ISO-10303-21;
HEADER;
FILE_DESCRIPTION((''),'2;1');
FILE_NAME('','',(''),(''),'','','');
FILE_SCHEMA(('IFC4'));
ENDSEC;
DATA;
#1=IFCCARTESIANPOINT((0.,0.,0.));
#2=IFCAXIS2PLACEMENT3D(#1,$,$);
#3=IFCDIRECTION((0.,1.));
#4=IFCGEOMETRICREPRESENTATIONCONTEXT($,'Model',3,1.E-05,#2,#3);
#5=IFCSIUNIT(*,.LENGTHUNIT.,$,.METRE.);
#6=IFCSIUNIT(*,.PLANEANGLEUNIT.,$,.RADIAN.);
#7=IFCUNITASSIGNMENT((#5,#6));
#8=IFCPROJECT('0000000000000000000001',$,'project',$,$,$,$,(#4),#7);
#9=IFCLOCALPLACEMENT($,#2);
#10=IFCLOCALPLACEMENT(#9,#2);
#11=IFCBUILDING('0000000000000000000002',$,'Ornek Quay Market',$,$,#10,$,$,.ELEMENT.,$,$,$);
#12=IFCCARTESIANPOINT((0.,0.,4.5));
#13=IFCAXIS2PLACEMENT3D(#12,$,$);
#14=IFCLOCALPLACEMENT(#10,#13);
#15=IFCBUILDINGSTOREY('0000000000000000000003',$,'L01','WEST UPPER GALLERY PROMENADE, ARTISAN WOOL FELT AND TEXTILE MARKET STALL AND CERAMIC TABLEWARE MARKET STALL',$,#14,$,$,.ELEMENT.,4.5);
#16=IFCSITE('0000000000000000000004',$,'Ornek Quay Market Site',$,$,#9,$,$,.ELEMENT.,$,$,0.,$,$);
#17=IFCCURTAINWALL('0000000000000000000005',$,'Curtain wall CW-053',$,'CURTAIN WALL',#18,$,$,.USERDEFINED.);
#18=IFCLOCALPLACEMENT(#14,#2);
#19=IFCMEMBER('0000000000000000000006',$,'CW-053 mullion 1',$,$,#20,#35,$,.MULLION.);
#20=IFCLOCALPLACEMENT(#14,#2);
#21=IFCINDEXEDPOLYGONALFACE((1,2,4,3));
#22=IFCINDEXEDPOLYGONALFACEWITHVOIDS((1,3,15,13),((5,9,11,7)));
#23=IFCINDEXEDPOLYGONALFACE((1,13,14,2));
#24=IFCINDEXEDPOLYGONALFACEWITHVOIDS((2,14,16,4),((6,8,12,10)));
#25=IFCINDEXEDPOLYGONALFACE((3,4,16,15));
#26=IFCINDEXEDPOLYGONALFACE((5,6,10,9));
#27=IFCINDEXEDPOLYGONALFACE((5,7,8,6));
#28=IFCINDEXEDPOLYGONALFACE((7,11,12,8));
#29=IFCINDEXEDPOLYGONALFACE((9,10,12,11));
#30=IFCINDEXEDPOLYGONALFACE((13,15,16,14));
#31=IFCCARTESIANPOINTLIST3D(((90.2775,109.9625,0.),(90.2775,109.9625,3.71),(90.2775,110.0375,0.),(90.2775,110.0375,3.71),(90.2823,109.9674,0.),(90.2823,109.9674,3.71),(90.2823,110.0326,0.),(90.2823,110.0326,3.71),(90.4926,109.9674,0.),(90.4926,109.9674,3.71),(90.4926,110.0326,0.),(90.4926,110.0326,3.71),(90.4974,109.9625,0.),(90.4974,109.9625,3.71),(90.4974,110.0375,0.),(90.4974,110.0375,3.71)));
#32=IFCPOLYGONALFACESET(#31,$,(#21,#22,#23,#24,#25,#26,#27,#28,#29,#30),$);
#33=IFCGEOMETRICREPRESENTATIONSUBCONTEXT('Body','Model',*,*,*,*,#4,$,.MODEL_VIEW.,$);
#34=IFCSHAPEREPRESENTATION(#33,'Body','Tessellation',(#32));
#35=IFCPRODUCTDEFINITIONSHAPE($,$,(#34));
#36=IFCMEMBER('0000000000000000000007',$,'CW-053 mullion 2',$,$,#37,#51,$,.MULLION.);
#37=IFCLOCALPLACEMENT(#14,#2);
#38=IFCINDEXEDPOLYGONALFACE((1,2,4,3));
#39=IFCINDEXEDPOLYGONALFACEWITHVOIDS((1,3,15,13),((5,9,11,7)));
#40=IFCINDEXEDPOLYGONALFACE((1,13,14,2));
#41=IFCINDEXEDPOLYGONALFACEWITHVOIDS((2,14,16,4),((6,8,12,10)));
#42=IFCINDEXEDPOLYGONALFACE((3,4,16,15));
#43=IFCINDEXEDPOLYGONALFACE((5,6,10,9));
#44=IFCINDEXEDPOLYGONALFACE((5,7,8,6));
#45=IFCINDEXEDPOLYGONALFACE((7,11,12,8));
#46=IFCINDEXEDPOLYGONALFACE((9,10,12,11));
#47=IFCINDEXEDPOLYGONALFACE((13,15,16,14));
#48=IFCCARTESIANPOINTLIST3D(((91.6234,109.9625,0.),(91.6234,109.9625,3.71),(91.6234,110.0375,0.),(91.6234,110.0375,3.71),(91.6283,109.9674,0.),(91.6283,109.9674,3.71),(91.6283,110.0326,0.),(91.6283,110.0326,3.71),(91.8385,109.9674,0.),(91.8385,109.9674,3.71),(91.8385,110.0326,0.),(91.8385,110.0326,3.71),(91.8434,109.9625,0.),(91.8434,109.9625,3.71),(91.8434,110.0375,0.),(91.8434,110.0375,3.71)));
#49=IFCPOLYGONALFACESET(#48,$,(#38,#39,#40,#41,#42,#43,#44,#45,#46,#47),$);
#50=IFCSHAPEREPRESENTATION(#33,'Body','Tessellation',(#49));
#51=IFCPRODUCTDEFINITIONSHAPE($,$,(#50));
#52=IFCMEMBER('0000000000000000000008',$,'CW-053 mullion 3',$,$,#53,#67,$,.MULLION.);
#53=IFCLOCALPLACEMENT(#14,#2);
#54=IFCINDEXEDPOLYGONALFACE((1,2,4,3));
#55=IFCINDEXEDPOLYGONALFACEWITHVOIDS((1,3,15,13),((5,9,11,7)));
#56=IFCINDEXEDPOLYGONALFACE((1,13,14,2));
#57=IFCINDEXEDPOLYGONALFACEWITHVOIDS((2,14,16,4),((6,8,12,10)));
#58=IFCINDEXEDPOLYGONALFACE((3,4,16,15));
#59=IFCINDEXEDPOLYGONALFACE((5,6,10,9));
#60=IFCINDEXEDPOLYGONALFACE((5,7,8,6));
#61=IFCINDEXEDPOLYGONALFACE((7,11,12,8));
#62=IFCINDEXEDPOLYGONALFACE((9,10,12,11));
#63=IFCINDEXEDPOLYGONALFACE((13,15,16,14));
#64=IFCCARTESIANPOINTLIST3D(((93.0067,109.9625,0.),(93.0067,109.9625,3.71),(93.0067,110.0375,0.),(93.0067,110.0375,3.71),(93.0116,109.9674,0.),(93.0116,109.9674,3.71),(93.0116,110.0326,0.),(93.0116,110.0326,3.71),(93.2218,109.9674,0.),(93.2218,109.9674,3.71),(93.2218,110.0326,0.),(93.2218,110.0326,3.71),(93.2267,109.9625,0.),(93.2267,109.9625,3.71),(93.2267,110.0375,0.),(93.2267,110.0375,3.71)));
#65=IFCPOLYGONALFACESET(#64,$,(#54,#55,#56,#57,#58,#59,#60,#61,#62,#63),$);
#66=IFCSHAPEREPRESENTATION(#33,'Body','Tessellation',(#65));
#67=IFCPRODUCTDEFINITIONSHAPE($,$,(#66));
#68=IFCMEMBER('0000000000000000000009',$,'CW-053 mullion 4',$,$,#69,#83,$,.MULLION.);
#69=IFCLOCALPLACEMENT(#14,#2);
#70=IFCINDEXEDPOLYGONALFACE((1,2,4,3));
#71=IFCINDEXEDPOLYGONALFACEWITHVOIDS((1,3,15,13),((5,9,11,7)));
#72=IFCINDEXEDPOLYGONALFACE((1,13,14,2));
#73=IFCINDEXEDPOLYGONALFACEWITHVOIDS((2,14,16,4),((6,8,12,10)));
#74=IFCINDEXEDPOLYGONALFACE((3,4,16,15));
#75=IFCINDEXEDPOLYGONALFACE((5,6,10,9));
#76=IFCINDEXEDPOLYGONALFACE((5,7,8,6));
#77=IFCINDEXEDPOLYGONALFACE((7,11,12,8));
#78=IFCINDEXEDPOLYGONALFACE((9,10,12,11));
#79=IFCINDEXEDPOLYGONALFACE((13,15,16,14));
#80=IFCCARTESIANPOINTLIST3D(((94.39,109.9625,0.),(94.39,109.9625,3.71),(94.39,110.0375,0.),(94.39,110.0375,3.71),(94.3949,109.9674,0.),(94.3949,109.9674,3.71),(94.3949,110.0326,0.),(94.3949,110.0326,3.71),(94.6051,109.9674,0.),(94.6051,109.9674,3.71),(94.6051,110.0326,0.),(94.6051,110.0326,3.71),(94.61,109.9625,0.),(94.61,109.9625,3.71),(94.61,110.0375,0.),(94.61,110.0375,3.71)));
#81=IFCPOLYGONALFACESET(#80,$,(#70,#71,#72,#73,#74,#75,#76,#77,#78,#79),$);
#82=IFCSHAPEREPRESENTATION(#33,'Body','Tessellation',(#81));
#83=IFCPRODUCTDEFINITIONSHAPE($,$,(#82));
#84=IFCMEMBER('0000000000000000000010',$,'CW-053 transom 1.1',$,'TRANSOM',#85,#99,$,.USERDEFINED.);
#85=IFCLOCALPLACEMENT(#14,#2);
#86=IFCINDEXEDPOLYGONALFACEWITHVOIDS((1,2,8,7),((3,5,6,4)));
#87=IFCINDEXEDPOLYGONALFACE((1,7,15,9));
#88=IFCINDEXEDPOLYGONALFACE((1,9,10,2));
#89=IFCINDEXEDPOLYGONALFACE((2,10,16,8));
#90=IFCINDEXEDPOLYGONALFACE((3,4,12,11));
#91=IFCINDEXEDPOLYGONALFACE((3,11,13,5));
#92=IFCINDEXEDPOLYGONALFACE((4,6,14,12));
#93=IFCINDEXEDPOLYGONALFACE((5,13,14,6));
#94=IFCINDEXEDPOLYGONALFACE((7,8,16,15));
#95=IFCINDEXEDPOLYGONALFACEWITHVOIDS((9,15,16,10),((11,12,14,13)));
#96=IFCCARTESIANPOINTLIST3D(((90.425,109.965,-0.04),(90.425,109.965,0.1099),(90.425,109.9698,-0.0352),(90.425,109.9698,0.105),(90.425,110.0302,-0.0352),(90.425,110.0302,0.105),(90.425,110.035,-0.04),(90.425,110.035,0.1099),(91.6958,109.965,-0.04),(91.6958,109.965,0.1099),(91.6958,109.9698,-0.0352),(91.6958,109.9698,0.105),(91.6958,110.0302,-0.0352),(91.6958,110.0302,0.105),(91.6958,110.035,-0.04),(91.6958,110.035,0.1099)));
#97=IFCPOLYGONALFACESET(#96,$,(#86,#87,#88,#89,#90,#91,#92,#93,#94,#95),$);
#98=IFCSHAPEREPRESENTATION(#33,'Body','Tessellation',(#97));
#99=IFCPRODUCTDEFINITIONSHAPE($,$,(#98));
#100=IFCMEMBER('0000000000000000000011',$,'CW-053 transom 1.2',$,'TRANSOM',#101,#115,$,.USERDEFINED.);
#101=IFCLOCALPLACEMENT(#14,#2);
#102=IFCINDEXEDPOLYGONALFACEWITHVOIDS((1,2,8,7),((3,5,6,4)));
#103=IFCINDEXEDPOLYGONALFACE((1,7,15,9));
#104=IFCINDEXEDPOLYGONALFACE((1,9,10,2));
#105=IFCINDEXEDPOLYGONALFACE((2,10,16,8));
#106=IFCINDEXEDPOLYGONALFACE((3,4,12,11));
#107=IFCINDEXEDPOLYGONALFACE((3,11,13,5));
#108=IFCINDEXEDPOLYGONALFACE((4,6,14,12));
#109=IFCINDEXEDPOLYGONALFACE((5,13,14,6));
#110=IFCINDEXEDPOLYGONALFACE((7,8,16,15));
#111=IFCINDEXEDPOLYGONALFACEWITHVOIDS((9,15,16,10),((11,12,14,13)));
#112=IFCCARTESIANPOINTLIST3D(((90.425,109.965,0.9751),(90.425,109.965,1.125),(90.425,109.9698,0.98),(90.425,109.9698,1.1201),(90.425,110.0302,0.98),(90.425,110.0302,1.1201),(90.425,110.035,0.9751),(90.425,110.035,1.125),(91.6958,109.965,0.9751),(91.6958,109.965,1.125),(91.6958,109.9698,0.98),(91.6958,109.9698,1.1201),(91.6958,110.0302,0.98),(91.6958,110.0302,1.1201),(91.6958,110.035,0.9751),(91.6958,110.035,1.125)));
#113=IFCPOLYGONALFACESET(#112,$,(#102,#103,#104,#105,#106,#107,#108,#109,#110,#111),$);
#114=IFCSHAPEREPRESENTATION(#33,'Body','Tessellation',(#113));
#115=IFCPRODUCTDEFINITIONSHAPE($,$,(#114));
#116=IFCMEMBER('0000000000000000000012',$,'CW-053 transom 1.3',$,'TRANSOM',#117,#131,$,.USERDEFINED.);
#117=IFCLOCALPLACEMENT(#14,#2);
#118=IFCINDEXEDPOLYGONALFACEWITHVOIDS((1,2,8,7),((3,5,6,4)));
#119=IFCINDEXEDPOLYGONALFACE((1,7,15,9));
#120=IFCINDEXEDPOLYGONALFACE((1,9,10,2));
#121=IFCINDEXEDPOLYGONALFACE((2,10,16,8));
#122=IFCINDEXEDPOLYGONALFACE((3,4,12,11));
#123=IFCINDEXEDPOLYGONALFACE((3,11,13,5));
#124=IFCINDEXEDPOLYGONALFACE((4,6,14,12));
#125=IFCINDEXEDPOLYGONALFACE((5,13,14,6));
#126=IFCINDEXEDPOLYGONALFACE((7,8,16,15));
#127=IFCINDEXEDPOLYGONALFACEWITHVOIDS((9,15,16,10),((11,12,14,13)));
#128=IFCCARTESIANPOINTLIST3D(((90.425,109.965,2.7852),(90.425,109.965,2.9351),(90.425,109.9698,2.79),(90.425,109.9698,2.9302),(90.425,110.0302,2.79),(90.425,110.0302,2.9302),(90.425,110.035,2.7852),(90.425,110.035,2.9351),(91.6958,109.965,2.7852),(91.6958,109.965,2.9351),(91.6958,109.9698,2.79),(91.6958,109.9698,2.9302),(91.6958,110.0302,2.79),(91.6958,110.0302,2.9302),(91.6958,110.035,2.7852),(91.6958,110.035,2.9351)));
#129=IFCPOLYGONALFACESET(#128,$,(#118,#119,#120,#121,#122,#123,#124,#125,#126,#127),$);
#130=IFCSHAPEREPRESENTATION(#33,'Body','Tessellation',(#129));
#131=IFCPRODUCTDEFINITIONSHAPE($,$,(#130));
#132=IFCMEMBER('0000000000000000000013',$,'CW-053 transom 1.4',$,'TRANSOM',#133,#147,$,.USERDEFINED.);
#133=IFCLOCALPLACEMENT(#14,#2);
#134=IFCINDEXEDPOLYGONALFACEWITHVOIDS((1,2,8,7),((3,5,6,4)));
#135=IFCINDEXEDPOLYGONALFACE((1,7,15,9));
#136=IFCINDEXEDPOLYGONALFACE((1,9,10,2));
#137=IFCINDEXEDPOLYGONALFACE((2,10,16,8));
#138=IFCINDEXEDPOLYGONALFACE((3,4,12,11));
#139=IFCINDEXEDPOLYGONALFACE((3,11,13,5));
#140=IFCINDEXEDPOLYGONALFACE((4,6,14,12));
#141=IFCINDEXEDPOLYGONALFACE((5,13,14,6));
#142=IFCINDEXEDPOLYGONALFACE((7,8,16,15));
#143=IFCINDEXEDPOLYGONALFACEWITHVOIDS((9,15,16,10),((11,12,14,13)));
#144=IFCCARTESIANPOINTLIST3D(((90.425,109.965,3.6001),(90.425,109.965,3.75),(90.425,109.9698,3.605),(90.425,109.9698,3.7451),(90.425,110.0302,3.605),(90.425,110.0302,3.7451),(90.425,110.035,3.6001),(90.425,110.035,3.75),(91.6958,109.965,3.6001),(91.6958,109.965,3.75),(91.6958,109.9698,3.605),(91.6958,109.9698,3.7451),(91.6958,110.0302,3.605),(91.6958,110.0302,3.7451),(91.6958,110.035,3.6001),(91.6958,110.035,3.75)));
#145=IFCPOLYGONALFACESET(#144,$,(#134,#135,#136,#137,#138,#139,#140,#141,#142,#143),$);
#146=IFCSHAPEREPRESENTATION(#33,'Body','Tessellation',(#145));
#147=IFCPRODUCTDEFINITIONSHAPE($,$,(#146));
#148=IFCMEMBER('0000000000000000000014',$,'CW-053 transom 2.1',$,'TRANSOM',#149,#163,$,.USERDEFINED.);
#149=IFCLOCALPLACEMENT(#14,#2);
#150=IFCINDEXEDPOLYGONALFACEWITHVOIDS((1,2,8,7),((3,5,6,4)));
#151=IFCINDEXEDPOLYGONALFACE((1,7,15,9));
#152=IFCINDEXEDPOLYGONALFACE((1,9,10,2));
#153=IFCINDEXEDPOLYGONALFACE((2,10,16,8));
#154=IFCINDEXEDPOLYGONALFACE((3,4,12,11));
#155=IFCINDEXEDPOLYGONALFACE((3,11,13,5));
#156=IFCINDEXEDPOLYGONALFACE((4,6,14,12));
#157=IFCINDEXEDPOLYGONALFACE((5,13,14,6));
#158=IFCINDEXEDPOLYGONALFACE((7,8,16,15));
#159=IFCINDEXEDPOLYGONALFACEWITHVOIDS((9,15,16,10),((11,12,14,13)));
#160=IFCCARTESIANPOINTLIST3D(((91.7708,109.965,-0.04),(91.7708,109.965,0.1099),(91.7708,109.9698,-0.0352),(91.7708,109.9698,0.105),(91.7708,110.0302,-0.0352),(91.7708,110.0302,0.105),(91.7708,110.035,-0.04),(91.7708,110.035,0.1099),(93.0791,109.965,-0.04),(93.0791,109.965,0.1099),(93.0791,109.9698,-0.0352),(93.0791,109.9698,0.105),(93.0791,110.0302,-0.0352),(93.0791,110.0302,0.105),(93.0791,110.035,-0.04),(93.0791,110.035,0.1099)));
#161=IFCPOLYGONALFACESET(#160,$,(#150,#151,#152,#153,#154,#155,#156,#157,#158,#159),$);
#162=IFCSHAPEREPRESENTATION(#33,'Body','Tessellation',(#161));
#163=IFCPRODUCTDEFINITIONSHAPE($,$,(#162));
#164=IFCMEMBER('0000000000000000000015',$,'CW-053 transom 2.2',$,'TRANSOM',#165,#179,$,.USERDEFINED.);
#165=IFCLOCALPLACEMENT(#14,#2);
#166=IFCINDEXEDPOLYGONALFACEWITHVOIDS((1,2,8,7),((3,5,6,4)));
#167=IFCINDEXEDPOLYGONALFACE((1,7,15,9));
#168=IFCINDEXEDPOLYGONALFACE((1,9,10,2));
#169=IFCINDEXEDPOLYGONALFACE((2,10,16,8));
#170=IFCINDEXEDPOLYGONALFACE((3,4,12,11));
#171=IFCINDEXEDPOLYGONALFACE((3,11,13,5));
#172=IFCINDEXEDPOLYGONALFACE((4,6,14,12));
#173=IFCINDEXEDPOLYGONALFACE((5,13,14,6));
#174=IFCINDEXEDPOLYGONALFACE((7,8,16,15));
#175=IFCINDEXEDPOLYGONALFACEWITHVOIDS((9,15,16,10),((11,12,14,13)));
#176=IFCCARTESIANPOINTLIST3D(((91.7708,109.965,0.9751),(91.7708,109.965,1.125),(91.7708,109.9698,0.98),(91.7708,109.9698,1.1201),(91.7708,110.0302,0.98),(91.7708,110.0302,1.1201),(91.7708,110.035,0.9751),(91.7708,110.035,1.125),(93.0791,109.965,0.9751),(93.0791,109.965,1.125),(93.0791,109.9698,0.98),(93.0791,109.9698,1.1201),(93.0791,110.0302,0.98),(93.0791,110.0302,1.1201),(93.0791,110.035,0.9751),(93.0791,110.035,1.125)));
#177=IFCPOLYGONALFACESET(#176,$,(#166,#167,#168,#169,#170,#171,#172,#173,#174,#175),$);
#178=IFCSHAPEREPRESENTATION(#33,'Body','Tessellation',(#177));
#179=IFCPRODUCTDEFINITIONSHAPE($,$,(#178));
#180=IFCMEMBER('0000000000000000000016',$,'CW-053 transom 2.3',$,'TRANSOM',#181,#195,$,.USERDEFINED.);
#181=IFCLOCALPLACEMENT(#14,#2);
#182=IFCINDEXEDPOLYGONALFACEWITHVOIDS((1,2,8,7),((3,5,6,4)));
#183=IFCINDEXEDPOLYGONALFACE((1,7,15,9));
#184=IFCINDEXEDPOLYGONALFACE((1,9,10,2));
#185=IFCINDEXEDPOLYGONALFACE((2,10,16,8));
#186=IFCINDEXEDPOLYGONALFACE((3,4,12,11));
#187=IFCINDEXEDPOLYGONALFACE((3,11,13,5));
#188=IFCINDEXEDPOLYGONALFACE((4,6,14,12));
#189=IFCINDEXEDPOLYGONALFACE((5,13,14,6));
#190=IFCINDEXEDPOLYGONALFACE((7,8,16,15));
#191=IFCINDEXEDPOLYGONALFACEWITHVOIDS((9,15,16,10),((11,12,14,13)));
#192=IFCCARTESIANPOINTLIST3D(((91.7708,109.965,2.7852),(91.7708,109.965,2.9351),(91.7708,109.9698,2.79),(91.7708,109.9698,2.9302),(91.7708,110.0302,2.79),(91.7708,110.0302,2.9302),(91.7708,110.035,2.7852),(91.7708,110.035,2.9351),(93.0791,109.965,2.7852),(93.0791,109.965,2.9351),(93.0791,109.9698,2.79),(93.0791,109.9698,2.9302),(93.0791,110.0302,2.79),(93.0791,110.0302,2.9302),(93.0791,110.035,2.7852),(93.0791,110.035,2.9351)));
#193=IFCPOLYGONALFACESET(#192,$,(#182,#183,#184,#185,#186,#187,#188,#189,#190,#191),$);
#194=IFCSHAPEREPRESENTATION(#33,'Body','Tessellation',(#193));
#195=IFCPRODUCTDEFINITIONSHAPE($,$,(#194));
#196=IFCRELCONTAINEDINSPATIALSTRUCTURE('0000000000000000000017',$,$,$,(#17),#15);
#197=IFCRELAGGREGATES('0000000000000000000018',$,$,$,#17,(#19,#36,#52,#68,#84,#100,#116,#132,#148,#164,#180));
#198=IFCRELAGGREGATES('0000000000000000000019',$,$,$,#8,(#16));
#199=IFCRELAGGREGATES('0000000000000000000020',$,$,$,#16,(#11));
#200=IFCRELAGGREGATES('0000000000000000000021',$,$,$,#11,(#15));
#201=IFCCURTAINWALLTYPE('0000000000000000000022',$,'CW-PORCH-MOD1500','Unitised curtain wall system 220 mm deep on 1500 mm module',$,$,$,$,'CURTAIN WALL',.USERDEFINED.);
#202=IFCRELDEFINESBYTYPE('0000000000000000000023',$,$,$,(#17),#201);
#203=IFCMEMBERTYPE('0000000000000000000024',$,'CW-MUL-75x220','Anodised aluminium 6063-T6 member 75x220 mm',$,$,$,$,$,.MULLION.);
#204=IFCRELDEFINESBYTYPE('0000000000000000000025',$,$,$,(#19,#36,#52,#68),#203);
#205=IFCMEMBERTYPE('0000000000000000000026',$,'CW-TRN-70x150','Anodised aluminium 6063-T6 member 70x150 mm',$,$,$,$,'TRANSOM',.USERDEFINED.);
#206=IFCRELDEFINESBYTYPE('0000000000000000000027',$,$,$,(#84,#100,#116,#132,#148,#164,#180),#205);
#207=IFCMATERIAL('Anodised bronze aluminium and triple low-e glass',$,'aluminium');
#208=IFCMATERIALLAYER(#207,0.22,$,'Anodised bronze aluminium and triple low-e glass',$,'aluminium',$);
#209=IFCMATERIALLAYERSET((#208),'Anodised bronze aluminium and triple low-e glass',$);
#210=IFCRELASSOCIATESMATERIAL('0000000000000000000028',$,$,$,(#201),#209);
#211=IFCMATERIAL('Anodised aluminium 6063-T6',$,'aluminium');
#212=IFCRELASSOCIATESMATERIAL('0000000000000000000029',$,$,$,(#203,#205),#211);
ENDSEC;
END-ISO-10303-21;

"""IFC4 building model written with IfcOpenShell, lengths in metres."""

from ifc_helpers import new_model, si_unit, direction, frame, origin, origin_2d, place, context, subcontext, project, spatial, hollow_rectangle, extrude, material, layer, layer_set, material_profile, profile_set, type_object, element, aggregate, save


model = new_model("IFC4")

# Units and contexts
model_context = context("Model", 3, precision=1e-05, world=origin(), true_north=direction((0.0, 1.0)))
body_context = subcontext(model_context, "Body", "Model", "MODEL_VIEW")
ifc_project = project(units=[si_unit("LENGTHUNIT", "METRE"), si_unit("PLANEANGLEUNIT", "RADIAN")], contexts=[model_context])

# Site, building, storey
site_placement = place(None, origin())
site = spatial("IfcSite", under=ifc_project, at=site_placement, Name="Ornek Quay Market Site", CompositionType="ELEMENT", RefElevation=0.0)
building_placement = place(site_placement, origin())
building = spatial("IfcBuilding", under=site, at=building_placement, Name="Ornek Quay Market", CompositionType="ELEMENT")
storey_placement = place(building_placement, frame((0.0, 0.0, 4.5)))
storey = spatial("IfcBuildingStorey", under=building, at=storey_placement, Name="L01", Description="WEST UPPER GALLERY PROMENADE, ARTISAN WOOL FELT AND TEXTILE MARKET STALL AND CERAMIC TABLEWARE MARKET STALL", CompositionType="ELEMENT", Elevation=4.5)

# Curtain wall, members
ifc_material_1 = material(Name="Anodised bronze aluminium and triple low-e glass", Category="aluminium")
ifc_layer_1 = layer(ifc_material_1, 0.22, Name="Anodised bronze aluminium and triple low-e glass", Category="aluminium")
ifc_layer_set_1 = layer_set([ifc_layer_1], Name="Anodised bronze aluminium and triple low-e glass")
curtain_wall_type = type_object("IfcCurtainWallType", Name="CW-PORCH-MOD1500", Description="Unitised curtain wall system 220 mm deep on 1500 mm module", ElementType="CURTAIN WALL", PredefinedType="USERDEFINED", material=ifc_layer_set_1)
curtain_wall_placement = place(storey_placement, origin())
curtain_wall = element("IfcCurtainWall", 1, at=curtain_wall_placement, inside=storey, type_object=curtain_wall_type, Name="Curtain wall CW-053", ObjectType="CURTAIN WALL", PredefinedType="USERDEFINED")
ifc_material_2 = material(Name="Anodised aluminium 6063-T6", Category="aluminium")
ifc_material_profile_1 = material_profile(ifc_material_2, hollow_rectangle(XDim=0.075, YDim=0.22, WallThickness=0.0049, at=origin_2d()), Name="CW-MUL-75x220", Category="aluminium")
ifc_profile_set_1 = profile_set([ifc_material_profile_1], Name="Anodised aluminium 6063-T6")
member_type_1 = type_object("IfcMemberType", Name="CW-MUL-75x220", Description="Anodised aluminium 6063-T6 member 75x220 mm", PredefinedType="MULLION", material=ifc_profile_set_1)
member_1_placement = place(storey_placement, frame((90.3875, 110.0, 0.0), z_axis=(0.0, 0.0, 1.0), x_axis=(0.0, 1.0, 0.0)))
member_1 = element("IfcMember", 2, at=member_1_placement, type_object=member_type_1, Name="CW-053 mullion 1", PredefinedType="MULLION", context=body_context, shape_type="SweptSolid", body=[
    extrude(hollow_rectangle(XDim=0.075, YDim=0.22, WallThickness=0.0049, at=origin_2d()), origin(), (0.0, 0.0, 1.0), 3.71),
])
member_2_placement = place(storey_placement, frame((91.7334, 110.0, 0.0), z_axis=(0.0, 0.0, 1.0), x_axis=(0.0, 1.0, 0.0)))
member_2 = element("IfcMember", 3, at=member_2_placement, type_object=member_type_1, Name="CW-053 mullion 2", PredefinedType="MULLION", context=body_context, shape_type="SweptSolid", body=[
    extrude(hollow_rectangle(XDim=0.075, YDim=0.22, WallThickness=0.0049, at=origin_2d()), origin(), (0.0, 0.0, 1.0), 3.71),
])
member_3_placement = place(storey_placement, frame((93.1167, 110.0, 0.0), z_axis=(0.0, 0.0, 1.0), x_axis=(0.0, 1.0, 0.0)))
member_3 = element("IfcMember", 4, at=member_3_placement, type_object=member_type_1, Name="CW-053 mullion 3", PredefinedType="MULLION", context=body_context, shape_type="SweptSolid", body=[
    extrude(hollow_rectangle(XDim=0.075, YDim=0.22, WallThickness=0.0049, at=origin_2d()), origin(), (0.0, 0.0, 1.0), 3.71),
])
member_4_placement = place(storey_placement, frame((94.5, 110.0, 0.0), z_axis=(0.0, 0.0, 1.0), x_axis=(0.0, 1.0, 0.0)))
member_4 = element("IfcMember", 5, at=member_4_placement, type_object=member_type_1, Name="CW-053 mullion 4", PredefinedType="MULLION", context=body_context, shape_type="SweptSolid", body=[
    extrude(hollow_rectangle(XDim=0.075, YDim=0.22, WallThickness=0.0049, at=origin_2d()), origin(), (0.0, 0.0, 1.0), 3.71),
])
ifc_material_profile_2 = material_profile(ifc_material_2, hollow_rectangle(XDim=0.0701, YDim=0.1499, WallThickness=0.0049, at=origin_2d()), Name="CW-TRN-70x150", Category="aluminium")
ifc_profile_set_2 = profile_set([ifc_material_profile_2], Name="Anodised aluminium 6063-T6")
member_type_2 = type_object("IfcMemberType", Name="CW-TRN-70x150", Description="Anodised aluminium 6063-T6 member 70x150 mm", ElementType="TRANSOM", PredefinedType="USERDEFINED", material=ifc_profile_set_2)
member_5_placement = place(storey_placement, frame((90.425, 110.0, 0.0349), z_axis=(1.0, 0.0, 0.0), x_axis=(0.0, 1.0, 0.0)))
member_5 = element("IfcMember", 6, at=member_5_placement, type_object=member_type_2, Name="CW-053 transom 1.1", ObjectType="TRANSOM", PredefinedType="USERDEFINED", context=body_context, shape_type="SweptSolid", body=[
    extrude(hollow_rectangle(XDim=0.0701, YDim=0.1499, WallThickness=0.0049, at=origin_2d()), origin(), (0.0, 0.0, 1.0), 1.2708),
])
member_6_placement = place(storey_placement, frame((90.425, 110.0, 1.05), z_axis=(1.0, 0.0, 0.0), x_axis=(0.0, 1.0, 0.0)))
member_6 = element("IfcMember", 7, at=member_6_placement, type_object=member_type_2, Name="CW-053 transom 1.2", ObjectType="TRANSOM", PredefinedType="USERDEFINED", context=body_context, shape_type="SweptSolid", body=[
    extrude(hollow_rectangle(XDim=0.0701, YDim=0.1499, WallThickness=0.0049, at=origin_2d()), origin(), (0.0, 0.0, 1.0), 1.2708),
])
member_7_placement = place(storey_placement, frame((90.425, 110.0, 2.8601), z_axis=(1.0, 0.0, 0.0), x_axis=(0.0, 1.0, 0.0)))
member_7 = element("IfcMember", 8, at=member_7_placement, type_object=member_type_2, Name="CW-053 transom 1.3", ObjectType="TRANSOM", PredefinedType="USERDEFINED", context=body_context, shape_type="SweptSolid", body=[
    extrude(hollow_rectangle(XDim=0.0701, YDim=0.1499, WallThickness=0.0049, at=origin_2d()), origin(), (0.0, 0.0, 1.0), 1.2708),
])
member_8_placement = place(storey_placement, frame((90.425, 110.0, 3.675), z_axis=(1.0, 0.0, 0.0), x_axis=(0.0, 1.0, 0.0)))
member_8 = element("IfcMember", 9, at=member_8_placement, type_object=member_type_2, Name="CW-053 transom 1.4", ObjectType="TRANSOM", PredefinedType="USERDEFINED", context=body_context, shape_type="SweptSolid", body=[
    extrude(hollow_rectangle(XDim=0.0701, YDim=0.1499, WallThickness=0.0049, at=origin_2d()), origin(), (0.0, 0.0, 1.0), 1.2708),
])
member_9_placement = place(storey_placement, frame((91.7708, 110.0, 0.0349), z_axis=(1.0, 0.0, 0.0), x_axis=(0.0, 1.0, 0.0)))
member_9 = element("IfcMember", 10, at=member_9_placement, type_object=member_type_2, Name="CW-053 transom 2.1", ObjectType="TRANSOM", PredefinedType="USERDEFINED", context=body_context, shape_type="SweptSolid", body=[
    extrude(hollow_rectangle(XDim=0.0701, YDim=0.1499, WallThickness=0.0049, at=origin_2d()), origin(), (0.0, 0.0, 1.0), 1.3083),
])
member_10_placement = place(storey_placement, frame((91.7708, 110.0, 1.05), z_axis=(1.0, 0.0, 0.0), x_axis=(0.0, 1.0, 0.0)))
member_10 = element("IfcMember", 11, at=member_10_placement, type_object=member_type_2, Name="CW-053 transom 2.2", ObjectType="TRANSOM", PredefinedType="USERDEFINED", context=body_context, shape_type="SweptSolid", body=[
    extrude(hollow_rectangle(XDim=0.0701, YDim=0.1499, WallThickness=0.0049, at=origin_2d()), origin(), (0.0, 0.0, 1.0), 1.3083),
])
member_11_placement = place(storey_placement, frame((91.7708, 110.0, 2.8601), z_axis=(1.0, 0.0, 0.0), x_axis=(0.0, 1.0, 0.0)))
member_11 = element("IfcMember", 12, at=member_11_placement, type_object=member_type_2, Name="CW-053 transom 2.3", ObjectType="TRANSOM", PredefinedType="USERDEFINED", context=body_context, shape_type="SweptSolid", body=[
    extrude(hollow_rectangle(XDim=0.0701, YDim=0.1499, WallThickness=0.0049, at=origin_2d()), origin(), (0.0, 0.0, 1.0), 1.3083),
])
aggregate(curtain_wall, [member_1, member_2, member_3, member_4, member_5, member_6, member_7, member_8, member_9, member_10, member_11])

save(model, "model.ifc")
